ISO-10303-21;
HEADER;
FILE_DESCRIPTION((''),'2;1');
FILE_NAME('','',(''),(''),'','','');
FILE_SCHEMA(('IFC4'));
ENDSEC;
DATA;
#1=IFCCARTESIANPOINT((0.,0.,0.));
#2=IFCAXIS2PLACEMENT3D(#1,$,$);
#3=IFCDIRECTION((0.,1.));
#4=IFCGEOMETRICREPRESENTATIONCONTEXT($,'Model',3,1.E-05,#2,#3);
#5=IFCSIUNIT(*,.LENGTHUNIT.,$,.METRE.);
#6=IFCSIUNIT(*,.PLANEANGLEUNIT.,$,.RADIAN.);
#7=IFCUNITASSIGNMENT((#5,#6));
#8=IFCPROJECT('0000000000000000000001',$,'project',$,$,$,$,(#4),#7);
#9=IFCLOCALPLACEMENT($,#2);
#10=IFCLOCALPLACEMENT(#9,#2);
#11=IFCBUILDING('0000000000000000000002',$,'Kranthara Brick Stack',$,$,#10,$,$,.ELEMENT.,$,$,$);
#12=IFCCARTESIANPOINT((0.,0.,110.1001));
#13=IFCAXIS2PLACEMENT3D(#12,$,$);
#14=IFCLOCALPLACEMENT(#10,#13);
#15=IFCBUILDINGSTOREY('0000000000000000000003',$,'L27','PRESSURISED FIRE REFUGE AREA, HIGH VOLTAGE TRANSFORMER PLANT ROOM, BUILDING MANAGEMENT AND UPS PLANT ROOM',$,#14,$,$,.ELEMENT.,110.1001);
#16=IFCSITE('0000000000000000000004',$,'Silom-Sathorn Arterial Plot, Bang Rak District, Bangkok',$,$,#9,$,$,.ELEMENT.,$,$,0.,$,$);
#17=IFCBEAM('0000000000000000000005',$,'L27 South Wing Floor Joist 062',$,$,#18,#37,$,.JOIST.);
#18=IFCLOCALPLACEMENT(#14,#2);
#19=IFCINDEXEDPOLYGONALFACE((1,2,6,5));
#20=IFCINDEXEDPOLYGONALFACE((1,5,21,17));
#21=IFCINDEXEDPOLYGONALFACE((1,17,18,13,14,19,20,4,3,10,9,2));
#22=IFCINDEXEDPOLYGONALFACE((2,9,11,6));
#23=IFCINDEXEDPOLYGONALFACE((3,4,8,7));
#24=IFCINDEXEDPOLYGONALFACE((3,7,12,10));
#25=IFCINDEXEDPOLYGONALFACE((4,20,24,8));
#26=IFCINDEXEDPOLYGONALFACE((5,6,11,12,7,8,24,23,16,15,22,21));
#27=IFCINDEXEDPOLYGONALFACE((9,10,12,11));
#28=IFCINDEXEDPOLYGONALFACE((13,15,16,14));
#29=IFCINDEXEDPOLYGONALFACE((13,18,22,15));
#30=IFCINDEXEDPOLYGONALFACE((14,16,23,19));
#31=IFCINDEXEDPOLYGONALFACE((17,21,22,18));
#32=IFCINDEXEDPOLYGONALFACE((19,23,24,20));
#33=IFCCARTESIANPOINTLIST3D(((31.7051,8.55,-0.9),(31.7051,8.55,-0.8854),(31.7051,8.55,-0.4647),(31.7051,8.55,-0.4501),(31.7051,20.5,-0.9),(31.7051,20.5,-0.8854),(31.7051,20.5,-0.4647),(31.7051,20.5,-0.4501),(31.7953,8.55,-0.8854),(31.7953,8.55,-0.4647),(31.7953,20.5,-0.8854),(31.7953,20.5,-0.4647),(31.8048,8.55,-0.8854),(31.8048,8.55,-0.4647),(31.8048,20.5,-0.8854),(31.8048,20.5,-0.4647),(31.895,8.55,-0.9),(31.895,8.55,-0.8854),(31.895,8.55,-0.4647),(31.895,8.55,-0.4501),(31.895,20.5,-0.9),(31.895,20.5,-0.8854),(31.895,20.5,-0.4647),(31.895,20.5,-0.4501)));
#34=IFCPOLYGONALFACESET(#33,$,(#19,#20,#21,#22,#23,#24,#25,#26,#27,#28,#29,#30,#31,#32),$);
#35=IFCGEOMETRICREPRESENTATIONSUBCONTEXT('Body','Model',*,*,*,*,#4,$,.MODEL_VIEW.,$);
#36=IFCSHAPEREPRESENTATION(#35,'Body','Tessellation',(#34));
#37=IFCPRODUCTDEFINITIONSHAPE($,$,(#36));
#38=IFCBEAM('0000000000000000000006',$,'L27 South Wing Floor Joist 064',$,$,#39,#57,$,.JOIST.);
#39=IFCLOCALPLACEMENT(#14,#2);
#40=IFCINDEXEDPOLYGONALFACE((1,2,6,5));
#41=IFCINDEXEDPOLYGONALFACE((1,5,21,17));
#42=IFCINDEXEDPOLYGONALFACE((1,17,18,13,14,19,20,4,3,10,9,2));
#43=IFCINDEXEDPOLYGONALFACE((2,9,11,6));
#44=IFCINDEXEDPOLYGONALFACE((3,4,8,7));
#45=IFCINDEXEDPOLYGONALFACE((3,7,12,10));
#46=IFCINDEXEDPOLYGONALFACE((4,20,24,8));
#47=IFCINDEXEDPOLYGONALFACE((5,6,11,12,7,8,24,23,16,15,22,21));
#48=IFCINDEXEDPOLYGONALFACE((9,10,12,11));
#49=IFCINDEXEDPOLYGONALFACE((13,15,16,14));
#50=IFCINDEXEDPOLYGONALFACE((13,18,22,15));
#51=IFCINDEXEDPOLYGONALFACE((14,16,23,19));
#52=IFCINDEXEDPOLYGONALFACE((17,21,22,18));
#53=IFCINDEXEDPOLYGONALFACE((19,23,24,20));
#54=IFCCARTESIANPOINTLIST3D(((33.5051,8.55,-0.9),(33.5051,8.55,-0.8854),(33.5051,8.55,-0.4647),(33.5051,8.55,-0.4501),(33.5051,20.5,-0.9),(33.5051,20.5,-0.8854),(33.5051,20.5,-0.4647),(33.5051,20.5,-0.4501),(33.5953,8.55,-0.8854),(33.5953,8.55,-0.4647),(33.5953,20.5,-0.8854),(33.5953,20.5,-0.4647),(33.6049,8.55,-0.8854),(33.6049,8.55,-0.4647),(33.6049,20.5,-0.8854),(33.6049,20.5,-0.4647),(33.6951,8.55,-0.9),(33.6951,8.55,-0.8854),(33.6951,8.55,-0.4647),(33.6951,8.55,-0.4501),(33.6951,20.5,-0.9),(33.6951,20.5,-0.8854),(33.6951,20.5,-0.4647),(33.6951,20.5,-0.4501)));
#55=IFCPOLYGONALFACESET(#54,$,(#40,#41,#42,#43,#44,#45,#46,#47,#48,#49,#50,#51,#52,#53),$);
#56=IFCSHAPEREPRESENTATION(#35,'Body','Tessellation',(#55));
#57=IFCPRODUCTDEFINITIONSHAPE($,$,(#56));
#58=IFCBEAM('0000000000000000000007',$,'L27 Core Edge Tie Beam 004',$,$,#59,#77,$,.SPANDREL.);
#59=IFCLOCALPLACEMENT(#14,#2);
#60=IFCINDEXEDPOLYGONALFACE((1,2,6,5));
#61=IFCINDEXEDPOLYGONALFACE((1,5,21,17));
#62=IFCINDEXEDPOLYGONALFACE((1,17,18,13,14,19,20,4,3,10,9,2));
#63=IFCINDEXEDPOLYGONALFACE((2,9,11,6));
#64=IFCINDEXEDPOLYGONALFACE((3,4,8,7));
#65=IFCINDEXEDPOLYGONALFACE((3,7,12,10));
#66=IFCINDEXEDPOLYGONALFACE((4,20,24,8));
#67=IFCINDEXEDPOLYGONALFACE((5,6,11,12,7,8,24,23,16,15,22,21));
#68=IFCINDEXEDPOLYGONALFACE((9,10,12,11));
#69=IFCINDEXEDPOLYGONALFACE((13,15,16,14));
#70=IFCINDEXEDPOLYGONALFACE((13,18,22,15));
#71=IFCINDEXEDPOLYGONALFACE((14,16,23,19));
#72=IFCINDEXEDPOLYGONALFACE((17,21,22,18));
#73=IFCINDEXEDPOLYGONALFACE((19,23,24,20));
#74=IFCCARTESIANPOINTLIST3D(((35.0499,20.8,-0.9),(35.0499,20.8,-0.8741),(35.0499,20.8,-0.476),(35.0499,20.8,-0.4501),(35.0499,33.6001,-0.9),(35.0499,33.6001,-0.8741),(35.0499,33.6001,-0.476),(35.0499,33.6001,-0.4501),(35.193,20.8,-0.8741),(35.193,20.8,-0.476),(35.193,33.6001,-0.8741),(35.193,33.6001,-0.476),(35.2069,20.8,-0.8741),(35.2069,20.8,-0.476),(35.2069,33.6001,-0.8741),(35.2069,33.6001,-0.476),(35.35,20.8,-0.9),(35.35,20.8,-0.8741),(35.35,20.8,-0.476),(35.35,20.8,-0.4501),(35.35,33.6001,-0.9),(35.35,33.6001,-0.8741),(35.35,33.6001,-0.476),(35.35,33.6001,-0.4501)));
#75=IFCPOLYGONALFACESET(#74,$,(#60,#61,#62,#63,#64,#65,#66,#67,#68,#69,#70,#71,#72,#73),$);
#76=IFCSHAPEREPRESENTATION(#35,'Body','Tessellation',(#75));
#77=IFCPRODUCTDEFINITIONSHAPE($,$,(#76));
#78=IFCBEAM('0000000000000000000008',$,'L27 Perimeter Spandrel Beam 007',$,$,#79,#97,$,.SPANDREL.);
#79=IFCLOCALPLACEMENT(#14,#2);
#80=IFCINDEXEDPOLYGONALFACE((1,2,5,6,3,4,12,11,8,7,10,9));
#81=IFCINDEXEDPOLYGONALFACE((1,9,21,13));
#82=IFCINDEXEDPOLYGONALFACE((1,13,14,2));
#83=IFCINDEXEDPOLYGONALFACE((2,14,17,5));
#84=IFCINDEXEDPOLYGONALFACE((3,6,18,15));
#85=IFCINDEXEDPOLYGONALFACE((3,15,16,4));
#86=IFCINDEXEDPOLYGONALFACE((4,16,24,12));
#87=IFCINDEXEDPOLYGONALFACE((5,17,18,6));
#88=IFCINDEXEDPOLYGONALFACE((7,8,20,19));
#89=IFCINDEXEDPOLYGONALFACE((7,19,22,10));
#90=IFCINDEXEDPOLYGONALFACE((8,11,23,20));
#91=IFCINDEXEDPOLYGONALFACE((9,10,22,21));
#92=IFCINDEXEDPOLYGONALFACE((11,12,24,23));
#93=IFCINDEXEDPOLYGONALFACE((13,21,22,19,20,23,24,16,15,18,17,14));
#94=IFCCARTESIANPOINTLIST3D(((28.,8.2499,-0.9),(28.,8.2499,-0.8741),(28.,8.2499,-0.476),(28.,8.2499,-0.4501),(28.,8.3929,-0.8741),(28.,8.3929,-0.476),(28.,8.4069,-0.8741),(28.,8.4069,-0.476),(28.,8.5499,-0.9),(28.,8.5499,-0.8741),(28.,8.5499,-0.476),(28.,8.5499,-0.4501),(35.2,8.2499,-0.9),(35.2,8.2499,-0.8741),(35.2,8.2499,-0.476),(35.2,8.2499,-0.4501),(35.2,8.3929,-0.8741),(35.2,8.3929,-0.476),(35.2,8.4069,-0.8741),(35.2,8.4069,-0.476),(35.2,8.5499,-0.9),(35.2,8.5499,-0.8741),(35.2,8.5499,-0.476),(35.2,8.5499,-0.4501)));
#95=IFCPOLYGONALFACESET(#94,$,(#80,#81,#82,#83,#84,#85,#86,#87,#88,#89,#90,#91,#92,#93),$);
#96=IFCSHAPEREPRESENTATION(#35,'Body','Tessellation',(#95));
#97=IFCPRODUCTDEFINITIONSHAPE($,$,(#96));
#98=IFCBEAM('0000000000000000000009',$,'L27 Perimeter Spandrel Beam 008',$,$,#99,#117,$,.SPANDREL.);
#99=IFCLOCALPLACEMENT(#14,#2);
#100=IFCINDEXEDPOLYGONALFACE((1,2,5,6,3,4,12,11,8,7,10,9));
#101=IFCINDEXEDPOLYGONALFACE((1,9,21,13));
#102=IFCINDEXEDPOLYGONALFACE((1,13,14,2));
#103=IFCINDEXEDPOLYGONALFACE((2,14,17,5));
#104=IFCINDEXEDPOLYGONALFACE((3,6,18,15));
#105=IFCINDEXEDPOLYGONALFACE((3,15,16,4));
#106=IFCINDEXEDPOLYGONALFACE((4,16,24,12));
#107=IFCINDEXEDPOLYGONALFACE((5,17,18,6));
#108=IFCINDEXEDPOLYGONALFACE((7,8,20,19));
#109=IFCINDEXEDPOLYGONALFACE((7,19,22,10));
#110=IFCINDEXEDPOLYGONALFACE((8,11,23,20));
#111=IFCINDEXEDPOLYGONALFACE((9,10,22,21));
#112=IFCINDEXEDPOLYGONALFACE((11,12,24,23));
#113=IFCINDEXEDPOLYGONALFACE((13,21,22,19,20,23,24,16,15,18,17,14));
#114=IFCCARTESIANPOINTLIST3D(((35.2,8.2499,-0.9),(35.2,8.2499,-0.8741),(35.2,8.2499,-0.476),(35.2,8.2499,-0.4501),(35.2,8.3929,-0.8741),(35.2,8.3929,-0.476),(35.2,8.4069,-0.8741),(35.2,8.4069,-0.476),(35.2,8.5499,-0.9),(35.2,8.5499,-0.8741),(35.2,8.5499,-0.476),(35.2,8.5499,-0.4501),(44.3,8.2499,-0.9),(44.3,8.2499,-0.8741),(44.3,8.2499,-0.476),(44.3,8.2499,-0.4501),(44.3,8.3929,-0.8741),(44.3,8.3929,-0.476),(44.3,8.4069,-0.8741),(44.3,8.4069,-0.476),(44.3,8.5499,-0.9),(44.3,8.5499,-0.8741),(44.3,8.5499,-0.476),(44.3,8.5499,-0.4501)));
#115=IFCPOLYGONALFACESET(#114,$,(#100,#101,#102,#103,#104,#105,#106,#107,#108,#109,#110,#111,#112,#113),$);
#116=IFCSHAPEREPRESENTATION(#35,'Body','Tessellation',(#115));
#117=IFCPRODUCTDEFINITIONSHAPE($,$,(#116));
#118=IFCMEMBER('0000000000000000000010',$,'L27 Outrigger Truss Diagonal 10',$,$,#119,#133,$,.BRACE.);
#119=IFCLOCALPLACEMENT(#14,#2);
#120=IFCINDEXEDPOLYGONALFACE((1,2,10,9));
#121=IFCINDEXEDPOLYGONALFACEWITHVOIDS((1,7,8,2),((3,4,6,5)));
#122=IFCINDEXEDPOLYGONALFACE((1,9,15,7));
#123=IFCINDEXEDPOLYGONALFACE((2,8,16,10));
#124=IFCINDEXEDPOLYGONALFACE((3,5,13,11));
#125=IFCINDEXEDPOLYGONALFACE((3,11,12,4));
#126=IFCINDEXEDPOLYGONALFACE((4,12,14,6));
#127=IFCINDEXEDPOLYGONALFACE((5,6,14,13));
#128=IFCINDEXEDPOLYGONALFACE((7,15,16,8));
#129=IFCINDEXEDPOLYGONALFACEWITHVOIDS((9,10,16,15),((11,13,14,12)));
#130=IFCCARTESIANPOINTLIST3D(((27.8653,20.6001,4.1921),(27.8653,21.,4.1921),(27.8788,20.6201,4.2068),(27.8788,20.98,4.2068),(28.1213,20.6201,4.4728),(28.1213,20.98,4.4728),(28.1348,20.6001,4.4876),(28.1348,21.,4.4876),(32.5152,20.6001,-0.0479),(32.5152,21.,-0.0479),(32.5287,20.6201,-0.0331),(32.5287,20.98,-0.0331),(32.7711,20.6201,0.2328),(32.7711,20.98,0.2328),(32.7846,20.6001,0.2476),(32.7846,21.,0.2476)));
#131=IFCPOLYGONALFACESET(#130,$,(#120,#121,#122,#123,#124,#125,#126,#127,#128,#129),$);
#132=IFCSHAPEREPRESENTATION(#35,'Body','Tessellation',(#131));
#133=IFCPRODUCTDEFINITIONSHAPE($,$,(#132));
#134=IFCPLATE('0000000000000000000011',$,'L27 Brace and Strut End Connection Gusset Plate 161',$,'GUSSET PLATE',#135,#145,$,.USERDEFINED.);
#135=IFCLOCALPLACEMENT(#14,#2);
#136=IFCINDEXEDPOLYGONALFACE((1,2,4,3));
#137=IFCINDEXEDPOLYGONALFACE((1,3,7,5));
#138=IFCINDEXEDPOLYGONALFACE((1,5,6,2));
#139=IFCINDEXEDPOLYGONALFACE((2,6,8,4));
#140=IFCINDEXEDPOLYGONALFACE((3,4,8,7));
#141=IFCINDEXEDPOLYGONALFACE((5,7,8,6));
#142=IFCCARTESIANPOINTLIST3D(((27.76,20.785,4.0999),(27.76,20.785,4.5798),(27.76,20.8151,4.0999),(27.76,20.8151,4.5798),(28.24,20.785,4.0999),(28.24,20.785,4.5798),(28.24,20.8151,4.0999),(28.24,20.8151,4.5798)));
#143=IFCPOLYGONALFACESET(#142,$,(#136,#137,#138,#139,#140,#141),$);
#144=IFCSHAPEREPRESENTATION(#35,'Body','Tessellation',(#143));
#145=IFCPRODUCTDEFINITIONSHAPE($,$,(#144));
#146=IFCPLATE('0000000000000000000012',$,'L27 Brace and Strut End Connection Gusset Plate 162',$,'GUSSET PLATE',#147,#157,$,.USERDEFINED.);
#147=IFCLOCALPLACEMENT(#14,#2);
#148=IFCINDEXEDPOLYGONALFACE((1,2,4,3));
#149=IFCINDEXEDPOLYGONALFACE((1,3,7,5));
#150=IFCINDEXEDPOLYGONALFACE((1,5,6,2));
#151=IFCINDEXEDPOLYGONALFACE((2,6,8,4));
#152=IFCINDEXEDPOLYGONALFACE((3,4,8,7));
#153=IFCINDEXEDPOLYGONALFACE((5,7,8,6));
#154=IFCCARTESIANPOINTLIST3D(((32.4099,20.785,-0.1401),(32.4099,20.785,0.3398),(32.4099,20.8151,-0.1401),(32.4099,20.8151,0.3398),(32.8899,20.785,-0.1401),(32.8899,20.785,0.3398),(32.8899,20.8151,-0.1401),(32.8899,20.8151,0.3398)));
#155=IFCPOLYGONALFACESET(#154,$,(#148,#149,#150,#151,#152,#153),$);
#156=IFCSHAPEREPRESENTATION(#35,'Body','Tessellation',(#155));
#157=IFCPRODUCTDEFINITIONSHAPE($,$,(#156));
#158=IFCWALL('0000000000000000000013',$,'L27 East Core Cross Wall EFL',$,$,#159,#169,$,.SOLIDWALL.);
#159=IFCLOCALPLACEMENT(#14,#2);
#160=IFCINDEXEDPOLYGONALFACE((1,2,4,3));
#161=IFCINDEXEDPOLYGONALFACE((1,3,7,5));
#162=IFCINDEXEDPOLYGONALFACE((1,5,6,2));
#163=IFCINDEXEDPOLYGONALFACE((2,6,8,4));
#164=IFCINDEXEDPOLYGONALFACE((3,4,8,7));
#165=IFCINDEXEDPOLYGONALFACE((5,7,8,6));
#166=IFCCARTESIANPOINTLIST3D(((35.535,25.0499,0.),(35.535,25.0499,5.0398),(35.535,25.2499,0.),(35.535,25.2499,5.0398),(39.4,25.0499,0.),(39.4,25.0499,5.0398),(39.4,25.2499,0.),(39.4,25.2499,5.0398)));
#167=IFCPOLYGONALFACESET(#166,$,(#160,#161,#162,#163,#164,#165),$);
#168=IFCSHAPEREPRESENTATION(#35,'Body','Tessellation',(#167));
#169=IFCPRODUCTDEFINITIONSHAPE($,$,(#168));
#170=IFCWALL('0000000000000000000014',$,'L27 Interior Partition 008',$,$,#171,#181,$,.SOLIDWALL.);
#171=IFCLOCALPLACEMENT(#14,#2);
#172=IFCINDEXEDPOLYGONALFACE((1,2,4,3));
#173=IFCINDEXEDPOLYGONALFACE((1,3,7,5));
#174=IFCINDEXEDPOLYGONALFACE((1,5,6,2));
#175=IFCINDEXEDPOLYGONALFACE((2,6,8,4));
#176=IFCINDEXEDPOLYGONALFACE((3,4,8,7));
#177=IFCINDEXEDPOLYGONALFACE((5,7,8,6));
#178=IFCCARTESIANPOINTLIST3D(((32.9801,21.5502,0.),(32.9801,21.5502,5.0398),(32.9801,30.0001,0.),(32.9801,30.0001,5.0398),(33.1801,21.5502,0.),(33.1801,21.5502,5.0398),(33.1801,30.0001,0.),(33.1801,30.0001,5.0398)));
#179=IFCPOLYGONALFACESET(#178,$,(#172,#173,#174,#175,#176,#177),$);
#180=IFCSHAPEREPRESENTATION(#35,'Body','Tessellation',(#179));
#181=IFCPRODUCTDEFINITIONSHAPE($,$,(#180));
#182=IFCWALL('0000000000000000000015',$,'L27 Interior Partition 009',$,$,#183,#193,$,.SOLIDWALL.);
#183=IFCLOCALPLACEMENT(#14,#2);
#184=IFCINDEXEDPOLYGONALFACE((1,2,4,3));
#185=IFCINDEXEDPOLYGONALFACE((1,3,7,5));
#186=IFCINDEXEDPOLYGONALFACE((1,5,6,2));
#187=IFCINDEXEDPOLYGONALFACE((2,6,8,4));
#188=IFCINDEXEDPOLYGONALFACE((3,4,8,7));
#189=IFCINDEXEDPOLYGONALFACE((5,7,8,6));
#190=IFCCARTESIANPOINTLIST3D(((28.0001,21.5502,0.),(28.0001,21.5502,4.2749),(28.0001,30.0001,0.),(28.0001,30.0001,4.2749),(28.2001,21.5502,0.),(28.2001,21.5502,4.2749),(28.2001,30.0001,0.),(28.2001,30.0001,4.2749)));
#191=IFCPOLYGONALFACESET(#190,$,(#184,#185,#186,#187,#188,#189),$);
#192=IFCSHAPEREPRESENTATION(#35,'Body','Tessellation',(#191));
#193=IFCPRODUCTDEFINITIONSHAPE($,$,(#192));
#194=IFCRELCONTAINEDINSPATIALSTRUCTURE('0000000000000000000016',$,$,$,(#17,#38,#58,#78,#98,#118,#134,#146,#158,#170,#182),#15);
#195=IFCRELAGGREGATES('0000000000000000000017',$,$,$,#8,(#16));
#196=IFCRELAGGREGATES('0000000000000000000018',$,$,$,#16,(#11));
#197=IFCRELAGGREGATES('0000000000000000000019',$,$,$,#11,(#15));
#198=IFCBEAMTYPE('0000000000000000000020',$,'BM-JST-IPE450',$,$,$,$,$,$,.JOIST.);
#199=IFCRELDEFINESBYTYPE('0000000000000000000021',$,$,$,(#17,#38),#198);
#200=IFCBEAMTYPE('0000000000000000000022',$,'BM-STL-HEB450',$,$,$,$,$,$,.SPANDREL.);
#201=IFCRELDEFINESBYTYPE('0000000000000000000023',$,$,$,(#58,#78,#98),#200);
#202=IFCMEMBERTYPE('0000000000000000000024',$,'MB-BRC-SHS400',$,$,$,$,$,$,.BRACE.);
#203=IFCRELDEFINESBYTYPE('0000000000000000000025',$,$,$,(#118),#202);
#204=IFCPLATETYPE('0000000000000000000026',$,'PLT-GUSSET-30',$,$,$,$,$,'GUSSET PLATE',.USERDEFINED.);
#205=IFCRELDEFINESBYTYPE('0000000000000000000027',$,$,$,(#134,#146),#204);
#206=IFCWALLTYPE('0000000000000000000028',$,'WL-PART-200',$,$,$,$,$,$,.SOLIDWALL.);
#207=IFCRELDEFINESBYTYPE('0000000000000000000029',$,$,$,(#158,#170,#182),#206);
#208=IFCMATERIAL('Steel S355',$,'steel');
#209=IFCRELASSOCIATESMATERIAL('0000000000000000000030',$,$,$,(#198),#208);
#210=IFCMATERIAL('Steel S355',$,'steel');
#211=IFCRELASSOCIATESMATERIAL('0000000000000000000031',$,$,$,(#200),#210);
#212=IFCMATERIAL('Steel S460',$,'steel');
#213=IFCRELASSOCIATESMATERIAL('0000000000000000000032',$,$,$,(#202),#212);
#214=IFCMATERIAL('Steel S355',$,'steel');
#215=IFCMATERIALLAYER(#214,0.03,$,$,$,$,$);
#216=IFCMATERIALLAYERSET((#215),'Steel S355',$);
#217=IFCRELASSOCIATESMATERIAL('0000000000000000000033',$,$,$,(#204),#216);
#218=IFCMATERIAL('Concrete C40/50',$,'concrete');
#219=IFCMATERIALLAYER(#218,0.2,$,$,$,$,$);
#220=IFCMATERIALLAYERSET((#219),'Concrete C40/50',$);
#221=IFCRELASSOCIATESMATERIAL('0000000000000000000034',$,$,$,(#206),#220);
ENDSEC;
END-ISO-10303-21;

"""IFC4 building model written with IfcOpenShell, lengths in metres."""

from ifc_helpers import new_model, si_unit, direction, frame, frame_2d, origin, origin_2d, place, context, subcontext, project, spatial, rectangle, hollow_rectangle, i_section, extrude, material, layer, layer_set, material_profile, profile_set, type_object, element, save


model = new_model("IFC4")

# Units and contexts
model_context = context("Model", 3, precision=1e-05, world=origin(), true_north=direction((0.0, 1.0)))
body_context = subcontext(model_context, "Body", "Model", "MODEL_VIEW")
ifc_project = project(units=[si_unit("LENGTHUNIT", "METRE"), si_unit("PLANEANGLEUNIT", "RADIAN")], contexts=[model_context])

# Site, building, storey
site_placement = place(None, origin())
site = spatial("IfcSite", under=ifc_project, at=site_placement, Name="Silom-Sathorn Arterial Plot, Bang Rak District, Bangkok", CompositionType="ELEMENT", RefElevation=0.0)
building_placement = place(site_placement, origin())
building = spatial("IfcBuilding", under=site, at=building_placement, Name="Kranthara Brick Stack", CompositionType="ELEMENT")
storey_placement = place(building_placement, frame((0.0, 0.0, 110.1001)))
storey = spatial("IfcBuildingStorey", under=building, at=storey_placement, Name="L27", Description="PRESSURISED FIRE REFUGE AREA, HIGH VOLTAGE TRANSFORMER PLANT ROOM, BUILDING MANAGEMENT AND UPS PLANT ROOM", CompositionType="ELEMENT", Elevation=110.1001)

# Beams
ifc_material_1 = material(Name="Steel S355", Category="steel")
ifc_material_profile_1 = material_profile(ifc_material_1, i_section(OverallWidth=0.1899, OverallDepth=0.45, WebThickness=0.0095, FlangeThickness=0.0146, at=origin_2d()), Name="IPE 450")
ifc_profile_set_1 = profile_set([ifc_material_profile_1], Name="Steel S355")
beam_type_1 = type_object("IfcBeamType", Name="BM-JST-IPE450", PredefinedType="JOIST", material=ifc_profile_set_1)
for number, where, z_axis, x_axis, name in (
    (1, (31.8, 8.55, -0.675), (0.0, 1.0, 0.0), (-1.0, 0.0, 0.0), "L27 South Wing Floor Joist 062"),
    (2, (33.6001, 8.55, -0.675), (0.0, 1.0, 0.0), (-1.0, 0.0, 0.0), "L27 South Wing Floor Joist 064"),
):
    element("IfcBeam", number, at=place(storey_placement, frame(where, z_axis=z_axis, x_axis=x_axis)), inside=storey, type_object=beam_type_1, Name=name, PredefinedType="JOIST", context=body_context, shape_type="SweptSolid", body=[
        extrude(i_section(OverallWidth=0.1899, OverallDepth=0.45, WebThickness=0.0095, FlangeThickness=0.0146, at=origin_2d()), origin(), (0.0, 0.0, 1.0), 11.95),
    ])
ifc_material_2 = material(Name="Steel S355", Category="steel")
ifc_material_profile_2 = material_profile(ifc_material_2, i_section(OverallWidth=0.3, OverallDepth=0.45, WebThickness=0.0139, FlangeThickness=0.0259, at=origin_2d()), Name="HEB 450")
ifc_profile_set_2 = profile_set([ifc_material_profile_2], Name="Steel S355")
beam_type_2 = type_object("IfcBeamType", Name="BM-STL-HEB450", PredefinedType="SPANDREL", material=ifc_profile_set_2)
beam_1_placement = place(storey_placement, frame((35.2, 20.8, -0.675), z_axis=(0.0, 1.0, 0.0), x_axis=(-1.0, 0.0, 0.0)))
element("IfcBeam", 3, at=beam_1_placement, inside=storey, type_object=beam_type_2, Name="L27 Core Edge Tie Beam 004", PredefinedType="SPANDREL", context=body_context, shape_type="SweptSolid", body=[
    extrude(i_section(OverallWidth=0.3, OverallDepth=0.45, WebThickness=0.0139, FlangeThickness=0.0259, at=origin_2d()), origin(), (0.0, 0.0, 1.0), 12.8),
])
beam_2_placement = place(storey_placement, frame((28.0, 8.3999, -0.675), z_axis=(1.0, 0.0, 0.0), x_axis=(0.0, 1.0, 0.0)))
element("IfcBeam", 4, at=beam_2_placement, inside=storey, type_object=beam_type_2, Name="L27 Perimeter Spandrel Beam 007", PredefinedType="SPANDREL", context=body_context, shape_type="SweptSolid", body=[
    extrude(i_section(OverallWidth=0.3, OverallDepth=0.45, WebThickness=0.0139, FlangeThickness=0.0259, at=origin_2d()), origin(), (0.0, 0.0, 1.0), 7.2),
])
beam_3_placement = place(storey_placement, frame((35.2, 8.3999, -0.675), z_axis=(1.0, 0.0, 0.0), x_axis=(0.0, 1.0, 0.0)))
element("IfcBeam", 5, at=beam_3_placement, inside=storey, type_object=beam_type_2, Name="L27 Perimeter Spandrel Beam 008", PredefinedType="SPANDREL", context=body_context, shape_type="SweptSolid", body=[
    extrude(i_section(OverallWidth=0.3, OverallDepth=0.45, WebThickness=0.0139, FlangeThickness=0.0259, at=origin_2d()), origin(), (0.0, 0.0, 1.0), 9.1001),
])

# Member
ifc_material_3 = material(Name="Steel S460", Category="steel")
ifc_material_profile_3 = material_profile(ifc_material_3, hollow_rectangle(XDim=0.3999, YDim=0.3999, WallThickness=0.02, at=origin_2d()), Name="SHS 400x400x20")
ifc_profile_set_3 = profile_set([ifc_material_profile_3], Name="Steel S460")
member_type = type_object("IfcMemberType", Name="MB-BRC-SHS400", PredefinedType="BRACE", material=ifc_profile_set_3)
member_placement = place(storey_placement, frame((32.6499, 20.8, 0.0999), z_axis=(-0.738926, 0.0, 0.673786), x_axis=(0.0, -1.0, 0.0)))
element("IfcMember", 6, at=member_placement, inside=storey, type_object=member_type, Name="L27 Outrigger Truss Diagonal 10", PredefinedType="BRACE", context=body_context, shape_type="SweptSolid", body=[
    extrude(hollow_rectangle(XDim=0.3999, YDim=0.3999, WallThickness=0.02, at=origin_2d()), origin(), (0.0, 0.0, 1.0), 6.2927),
])

# Plates
ifc_material_4 = material(Name="Steel S355", Category="steel")
ifc_layer_1 = layer(ifc_material_4, 0.03)
ifc_layer_set_1 = layer_set([ifc_layer_1], Name="Steel S355")
plate_type = type_object("IfcPlateType", Name="PLT-GUSSET-30", ElementType="GUSSET PLATE", PredefinedType="USERDEFINED", material=ifc_layer_set_1)
for number, where, z_axis, x_axis, name in (
    (7, (28.0, 20.8, 4.0999), (0.0, 0.0, 1.0), (1.0, 0.0, 0.0), "L27 Brace and Strut End Connection Gusset Plate 161"),
    (8, (32.6499, 20.8, -0.1401), (0.0, 0.0, 1.0), (1.0, 0.0, 0.0), "L27 Brace and Strut End Connection Gusset Plate 162"),
):
    element("IfcPlate", number, at=place(storey_placement, frame(where, z_axis=z_axis, x_axis=x_axis)), inside=storey, type_object=plate_type, Name=name, ObjectType="GUSSET PLATE", PredefinedType="USERDEFINED", context=body_context, shape_type="SweptSolid", body=[
        extrude(rectangle(XDim=0.48, YDim=0.03, at=origin_2d()), origin(), (0.0, 0.0, 1.0), 0.48),
    ])

# Walls
ifc_material_5 = material(Name="Concrete C40/50", Category="concrete")
ifc_layer_2 = layer(ifc_material_5, 0.2)
ifc_layer_set_2 = layer_set([ifc_layer_2], Name="Concrete C40/50")
wall_type_1 = type_object("IfcWallType", Name="WL-PART-200", PredefinedType="SOLIDWALL", material=ifc_layer_set_2)
wall_1_placement = place(storey_placement, frame((35.5349, 25.1499, 0.0), z_axis=(0.0, 0.0, 1.0), x_axis=(1.0, 0.0, 0.0)))
element("IfcWall", 9, at=wall_1_placement, inside=storey, type_object=wall_type_1, Name="L27 East Core Cross Wall EFL", PredefinedType="SOLIDWALL", context=body_context, shape_type="SweptSolid", body=[
    extrude(rectangle(XDim=3.865, YDim=0.2, at=frame_2d((1.9326, 0.0))), origin(), (0.0, 0.0, 1.0), 5.0398),
])
wall_2_placement = place(storey_placement, frame((33.0801, 21.55, 0.0), z_axis=(0.0, 0.0, 1.0), x_axis=(0.0, 1.0, 0.0)))
element("IfcWall", 10, at=wall_2_placement, inside=storey, type_object=wall_type_1, Name="L27 Interior Partition 008", PredefinedType="SOLIDWALL", context=body_context, shape_type="SweptSolid", body=[
    extrude(rectangle(XDim=8.45, YDim=0.2, at=frame_2d((4.2251, 0.0))), origin(), (0.0, 0.0, 1.0), 5.0398),
])
wall_3_placement = place(storey_placement, frame((28.1001, 21.55, 0.0), z_axis=(0.0, 0.0, 1.0), x_axis=(0.0, 1.0, 0.0)))
element("IfcWall", 11, at=wall_3_placement, inside=storey, type_object=wall_type_1, Name="L27 Interior Partition 009", PredefinedType="SOLIDWALL", context=body_context, shape_type="SweptSolid", body=[
    extrude(rectangle(XDim=8.45, YDim=0.2, at=frame_2d((4.2251, 0.0))), origin(), (0.0, 0.0, 1.0), 4.2749),
])

save(model, "model.ifc")
